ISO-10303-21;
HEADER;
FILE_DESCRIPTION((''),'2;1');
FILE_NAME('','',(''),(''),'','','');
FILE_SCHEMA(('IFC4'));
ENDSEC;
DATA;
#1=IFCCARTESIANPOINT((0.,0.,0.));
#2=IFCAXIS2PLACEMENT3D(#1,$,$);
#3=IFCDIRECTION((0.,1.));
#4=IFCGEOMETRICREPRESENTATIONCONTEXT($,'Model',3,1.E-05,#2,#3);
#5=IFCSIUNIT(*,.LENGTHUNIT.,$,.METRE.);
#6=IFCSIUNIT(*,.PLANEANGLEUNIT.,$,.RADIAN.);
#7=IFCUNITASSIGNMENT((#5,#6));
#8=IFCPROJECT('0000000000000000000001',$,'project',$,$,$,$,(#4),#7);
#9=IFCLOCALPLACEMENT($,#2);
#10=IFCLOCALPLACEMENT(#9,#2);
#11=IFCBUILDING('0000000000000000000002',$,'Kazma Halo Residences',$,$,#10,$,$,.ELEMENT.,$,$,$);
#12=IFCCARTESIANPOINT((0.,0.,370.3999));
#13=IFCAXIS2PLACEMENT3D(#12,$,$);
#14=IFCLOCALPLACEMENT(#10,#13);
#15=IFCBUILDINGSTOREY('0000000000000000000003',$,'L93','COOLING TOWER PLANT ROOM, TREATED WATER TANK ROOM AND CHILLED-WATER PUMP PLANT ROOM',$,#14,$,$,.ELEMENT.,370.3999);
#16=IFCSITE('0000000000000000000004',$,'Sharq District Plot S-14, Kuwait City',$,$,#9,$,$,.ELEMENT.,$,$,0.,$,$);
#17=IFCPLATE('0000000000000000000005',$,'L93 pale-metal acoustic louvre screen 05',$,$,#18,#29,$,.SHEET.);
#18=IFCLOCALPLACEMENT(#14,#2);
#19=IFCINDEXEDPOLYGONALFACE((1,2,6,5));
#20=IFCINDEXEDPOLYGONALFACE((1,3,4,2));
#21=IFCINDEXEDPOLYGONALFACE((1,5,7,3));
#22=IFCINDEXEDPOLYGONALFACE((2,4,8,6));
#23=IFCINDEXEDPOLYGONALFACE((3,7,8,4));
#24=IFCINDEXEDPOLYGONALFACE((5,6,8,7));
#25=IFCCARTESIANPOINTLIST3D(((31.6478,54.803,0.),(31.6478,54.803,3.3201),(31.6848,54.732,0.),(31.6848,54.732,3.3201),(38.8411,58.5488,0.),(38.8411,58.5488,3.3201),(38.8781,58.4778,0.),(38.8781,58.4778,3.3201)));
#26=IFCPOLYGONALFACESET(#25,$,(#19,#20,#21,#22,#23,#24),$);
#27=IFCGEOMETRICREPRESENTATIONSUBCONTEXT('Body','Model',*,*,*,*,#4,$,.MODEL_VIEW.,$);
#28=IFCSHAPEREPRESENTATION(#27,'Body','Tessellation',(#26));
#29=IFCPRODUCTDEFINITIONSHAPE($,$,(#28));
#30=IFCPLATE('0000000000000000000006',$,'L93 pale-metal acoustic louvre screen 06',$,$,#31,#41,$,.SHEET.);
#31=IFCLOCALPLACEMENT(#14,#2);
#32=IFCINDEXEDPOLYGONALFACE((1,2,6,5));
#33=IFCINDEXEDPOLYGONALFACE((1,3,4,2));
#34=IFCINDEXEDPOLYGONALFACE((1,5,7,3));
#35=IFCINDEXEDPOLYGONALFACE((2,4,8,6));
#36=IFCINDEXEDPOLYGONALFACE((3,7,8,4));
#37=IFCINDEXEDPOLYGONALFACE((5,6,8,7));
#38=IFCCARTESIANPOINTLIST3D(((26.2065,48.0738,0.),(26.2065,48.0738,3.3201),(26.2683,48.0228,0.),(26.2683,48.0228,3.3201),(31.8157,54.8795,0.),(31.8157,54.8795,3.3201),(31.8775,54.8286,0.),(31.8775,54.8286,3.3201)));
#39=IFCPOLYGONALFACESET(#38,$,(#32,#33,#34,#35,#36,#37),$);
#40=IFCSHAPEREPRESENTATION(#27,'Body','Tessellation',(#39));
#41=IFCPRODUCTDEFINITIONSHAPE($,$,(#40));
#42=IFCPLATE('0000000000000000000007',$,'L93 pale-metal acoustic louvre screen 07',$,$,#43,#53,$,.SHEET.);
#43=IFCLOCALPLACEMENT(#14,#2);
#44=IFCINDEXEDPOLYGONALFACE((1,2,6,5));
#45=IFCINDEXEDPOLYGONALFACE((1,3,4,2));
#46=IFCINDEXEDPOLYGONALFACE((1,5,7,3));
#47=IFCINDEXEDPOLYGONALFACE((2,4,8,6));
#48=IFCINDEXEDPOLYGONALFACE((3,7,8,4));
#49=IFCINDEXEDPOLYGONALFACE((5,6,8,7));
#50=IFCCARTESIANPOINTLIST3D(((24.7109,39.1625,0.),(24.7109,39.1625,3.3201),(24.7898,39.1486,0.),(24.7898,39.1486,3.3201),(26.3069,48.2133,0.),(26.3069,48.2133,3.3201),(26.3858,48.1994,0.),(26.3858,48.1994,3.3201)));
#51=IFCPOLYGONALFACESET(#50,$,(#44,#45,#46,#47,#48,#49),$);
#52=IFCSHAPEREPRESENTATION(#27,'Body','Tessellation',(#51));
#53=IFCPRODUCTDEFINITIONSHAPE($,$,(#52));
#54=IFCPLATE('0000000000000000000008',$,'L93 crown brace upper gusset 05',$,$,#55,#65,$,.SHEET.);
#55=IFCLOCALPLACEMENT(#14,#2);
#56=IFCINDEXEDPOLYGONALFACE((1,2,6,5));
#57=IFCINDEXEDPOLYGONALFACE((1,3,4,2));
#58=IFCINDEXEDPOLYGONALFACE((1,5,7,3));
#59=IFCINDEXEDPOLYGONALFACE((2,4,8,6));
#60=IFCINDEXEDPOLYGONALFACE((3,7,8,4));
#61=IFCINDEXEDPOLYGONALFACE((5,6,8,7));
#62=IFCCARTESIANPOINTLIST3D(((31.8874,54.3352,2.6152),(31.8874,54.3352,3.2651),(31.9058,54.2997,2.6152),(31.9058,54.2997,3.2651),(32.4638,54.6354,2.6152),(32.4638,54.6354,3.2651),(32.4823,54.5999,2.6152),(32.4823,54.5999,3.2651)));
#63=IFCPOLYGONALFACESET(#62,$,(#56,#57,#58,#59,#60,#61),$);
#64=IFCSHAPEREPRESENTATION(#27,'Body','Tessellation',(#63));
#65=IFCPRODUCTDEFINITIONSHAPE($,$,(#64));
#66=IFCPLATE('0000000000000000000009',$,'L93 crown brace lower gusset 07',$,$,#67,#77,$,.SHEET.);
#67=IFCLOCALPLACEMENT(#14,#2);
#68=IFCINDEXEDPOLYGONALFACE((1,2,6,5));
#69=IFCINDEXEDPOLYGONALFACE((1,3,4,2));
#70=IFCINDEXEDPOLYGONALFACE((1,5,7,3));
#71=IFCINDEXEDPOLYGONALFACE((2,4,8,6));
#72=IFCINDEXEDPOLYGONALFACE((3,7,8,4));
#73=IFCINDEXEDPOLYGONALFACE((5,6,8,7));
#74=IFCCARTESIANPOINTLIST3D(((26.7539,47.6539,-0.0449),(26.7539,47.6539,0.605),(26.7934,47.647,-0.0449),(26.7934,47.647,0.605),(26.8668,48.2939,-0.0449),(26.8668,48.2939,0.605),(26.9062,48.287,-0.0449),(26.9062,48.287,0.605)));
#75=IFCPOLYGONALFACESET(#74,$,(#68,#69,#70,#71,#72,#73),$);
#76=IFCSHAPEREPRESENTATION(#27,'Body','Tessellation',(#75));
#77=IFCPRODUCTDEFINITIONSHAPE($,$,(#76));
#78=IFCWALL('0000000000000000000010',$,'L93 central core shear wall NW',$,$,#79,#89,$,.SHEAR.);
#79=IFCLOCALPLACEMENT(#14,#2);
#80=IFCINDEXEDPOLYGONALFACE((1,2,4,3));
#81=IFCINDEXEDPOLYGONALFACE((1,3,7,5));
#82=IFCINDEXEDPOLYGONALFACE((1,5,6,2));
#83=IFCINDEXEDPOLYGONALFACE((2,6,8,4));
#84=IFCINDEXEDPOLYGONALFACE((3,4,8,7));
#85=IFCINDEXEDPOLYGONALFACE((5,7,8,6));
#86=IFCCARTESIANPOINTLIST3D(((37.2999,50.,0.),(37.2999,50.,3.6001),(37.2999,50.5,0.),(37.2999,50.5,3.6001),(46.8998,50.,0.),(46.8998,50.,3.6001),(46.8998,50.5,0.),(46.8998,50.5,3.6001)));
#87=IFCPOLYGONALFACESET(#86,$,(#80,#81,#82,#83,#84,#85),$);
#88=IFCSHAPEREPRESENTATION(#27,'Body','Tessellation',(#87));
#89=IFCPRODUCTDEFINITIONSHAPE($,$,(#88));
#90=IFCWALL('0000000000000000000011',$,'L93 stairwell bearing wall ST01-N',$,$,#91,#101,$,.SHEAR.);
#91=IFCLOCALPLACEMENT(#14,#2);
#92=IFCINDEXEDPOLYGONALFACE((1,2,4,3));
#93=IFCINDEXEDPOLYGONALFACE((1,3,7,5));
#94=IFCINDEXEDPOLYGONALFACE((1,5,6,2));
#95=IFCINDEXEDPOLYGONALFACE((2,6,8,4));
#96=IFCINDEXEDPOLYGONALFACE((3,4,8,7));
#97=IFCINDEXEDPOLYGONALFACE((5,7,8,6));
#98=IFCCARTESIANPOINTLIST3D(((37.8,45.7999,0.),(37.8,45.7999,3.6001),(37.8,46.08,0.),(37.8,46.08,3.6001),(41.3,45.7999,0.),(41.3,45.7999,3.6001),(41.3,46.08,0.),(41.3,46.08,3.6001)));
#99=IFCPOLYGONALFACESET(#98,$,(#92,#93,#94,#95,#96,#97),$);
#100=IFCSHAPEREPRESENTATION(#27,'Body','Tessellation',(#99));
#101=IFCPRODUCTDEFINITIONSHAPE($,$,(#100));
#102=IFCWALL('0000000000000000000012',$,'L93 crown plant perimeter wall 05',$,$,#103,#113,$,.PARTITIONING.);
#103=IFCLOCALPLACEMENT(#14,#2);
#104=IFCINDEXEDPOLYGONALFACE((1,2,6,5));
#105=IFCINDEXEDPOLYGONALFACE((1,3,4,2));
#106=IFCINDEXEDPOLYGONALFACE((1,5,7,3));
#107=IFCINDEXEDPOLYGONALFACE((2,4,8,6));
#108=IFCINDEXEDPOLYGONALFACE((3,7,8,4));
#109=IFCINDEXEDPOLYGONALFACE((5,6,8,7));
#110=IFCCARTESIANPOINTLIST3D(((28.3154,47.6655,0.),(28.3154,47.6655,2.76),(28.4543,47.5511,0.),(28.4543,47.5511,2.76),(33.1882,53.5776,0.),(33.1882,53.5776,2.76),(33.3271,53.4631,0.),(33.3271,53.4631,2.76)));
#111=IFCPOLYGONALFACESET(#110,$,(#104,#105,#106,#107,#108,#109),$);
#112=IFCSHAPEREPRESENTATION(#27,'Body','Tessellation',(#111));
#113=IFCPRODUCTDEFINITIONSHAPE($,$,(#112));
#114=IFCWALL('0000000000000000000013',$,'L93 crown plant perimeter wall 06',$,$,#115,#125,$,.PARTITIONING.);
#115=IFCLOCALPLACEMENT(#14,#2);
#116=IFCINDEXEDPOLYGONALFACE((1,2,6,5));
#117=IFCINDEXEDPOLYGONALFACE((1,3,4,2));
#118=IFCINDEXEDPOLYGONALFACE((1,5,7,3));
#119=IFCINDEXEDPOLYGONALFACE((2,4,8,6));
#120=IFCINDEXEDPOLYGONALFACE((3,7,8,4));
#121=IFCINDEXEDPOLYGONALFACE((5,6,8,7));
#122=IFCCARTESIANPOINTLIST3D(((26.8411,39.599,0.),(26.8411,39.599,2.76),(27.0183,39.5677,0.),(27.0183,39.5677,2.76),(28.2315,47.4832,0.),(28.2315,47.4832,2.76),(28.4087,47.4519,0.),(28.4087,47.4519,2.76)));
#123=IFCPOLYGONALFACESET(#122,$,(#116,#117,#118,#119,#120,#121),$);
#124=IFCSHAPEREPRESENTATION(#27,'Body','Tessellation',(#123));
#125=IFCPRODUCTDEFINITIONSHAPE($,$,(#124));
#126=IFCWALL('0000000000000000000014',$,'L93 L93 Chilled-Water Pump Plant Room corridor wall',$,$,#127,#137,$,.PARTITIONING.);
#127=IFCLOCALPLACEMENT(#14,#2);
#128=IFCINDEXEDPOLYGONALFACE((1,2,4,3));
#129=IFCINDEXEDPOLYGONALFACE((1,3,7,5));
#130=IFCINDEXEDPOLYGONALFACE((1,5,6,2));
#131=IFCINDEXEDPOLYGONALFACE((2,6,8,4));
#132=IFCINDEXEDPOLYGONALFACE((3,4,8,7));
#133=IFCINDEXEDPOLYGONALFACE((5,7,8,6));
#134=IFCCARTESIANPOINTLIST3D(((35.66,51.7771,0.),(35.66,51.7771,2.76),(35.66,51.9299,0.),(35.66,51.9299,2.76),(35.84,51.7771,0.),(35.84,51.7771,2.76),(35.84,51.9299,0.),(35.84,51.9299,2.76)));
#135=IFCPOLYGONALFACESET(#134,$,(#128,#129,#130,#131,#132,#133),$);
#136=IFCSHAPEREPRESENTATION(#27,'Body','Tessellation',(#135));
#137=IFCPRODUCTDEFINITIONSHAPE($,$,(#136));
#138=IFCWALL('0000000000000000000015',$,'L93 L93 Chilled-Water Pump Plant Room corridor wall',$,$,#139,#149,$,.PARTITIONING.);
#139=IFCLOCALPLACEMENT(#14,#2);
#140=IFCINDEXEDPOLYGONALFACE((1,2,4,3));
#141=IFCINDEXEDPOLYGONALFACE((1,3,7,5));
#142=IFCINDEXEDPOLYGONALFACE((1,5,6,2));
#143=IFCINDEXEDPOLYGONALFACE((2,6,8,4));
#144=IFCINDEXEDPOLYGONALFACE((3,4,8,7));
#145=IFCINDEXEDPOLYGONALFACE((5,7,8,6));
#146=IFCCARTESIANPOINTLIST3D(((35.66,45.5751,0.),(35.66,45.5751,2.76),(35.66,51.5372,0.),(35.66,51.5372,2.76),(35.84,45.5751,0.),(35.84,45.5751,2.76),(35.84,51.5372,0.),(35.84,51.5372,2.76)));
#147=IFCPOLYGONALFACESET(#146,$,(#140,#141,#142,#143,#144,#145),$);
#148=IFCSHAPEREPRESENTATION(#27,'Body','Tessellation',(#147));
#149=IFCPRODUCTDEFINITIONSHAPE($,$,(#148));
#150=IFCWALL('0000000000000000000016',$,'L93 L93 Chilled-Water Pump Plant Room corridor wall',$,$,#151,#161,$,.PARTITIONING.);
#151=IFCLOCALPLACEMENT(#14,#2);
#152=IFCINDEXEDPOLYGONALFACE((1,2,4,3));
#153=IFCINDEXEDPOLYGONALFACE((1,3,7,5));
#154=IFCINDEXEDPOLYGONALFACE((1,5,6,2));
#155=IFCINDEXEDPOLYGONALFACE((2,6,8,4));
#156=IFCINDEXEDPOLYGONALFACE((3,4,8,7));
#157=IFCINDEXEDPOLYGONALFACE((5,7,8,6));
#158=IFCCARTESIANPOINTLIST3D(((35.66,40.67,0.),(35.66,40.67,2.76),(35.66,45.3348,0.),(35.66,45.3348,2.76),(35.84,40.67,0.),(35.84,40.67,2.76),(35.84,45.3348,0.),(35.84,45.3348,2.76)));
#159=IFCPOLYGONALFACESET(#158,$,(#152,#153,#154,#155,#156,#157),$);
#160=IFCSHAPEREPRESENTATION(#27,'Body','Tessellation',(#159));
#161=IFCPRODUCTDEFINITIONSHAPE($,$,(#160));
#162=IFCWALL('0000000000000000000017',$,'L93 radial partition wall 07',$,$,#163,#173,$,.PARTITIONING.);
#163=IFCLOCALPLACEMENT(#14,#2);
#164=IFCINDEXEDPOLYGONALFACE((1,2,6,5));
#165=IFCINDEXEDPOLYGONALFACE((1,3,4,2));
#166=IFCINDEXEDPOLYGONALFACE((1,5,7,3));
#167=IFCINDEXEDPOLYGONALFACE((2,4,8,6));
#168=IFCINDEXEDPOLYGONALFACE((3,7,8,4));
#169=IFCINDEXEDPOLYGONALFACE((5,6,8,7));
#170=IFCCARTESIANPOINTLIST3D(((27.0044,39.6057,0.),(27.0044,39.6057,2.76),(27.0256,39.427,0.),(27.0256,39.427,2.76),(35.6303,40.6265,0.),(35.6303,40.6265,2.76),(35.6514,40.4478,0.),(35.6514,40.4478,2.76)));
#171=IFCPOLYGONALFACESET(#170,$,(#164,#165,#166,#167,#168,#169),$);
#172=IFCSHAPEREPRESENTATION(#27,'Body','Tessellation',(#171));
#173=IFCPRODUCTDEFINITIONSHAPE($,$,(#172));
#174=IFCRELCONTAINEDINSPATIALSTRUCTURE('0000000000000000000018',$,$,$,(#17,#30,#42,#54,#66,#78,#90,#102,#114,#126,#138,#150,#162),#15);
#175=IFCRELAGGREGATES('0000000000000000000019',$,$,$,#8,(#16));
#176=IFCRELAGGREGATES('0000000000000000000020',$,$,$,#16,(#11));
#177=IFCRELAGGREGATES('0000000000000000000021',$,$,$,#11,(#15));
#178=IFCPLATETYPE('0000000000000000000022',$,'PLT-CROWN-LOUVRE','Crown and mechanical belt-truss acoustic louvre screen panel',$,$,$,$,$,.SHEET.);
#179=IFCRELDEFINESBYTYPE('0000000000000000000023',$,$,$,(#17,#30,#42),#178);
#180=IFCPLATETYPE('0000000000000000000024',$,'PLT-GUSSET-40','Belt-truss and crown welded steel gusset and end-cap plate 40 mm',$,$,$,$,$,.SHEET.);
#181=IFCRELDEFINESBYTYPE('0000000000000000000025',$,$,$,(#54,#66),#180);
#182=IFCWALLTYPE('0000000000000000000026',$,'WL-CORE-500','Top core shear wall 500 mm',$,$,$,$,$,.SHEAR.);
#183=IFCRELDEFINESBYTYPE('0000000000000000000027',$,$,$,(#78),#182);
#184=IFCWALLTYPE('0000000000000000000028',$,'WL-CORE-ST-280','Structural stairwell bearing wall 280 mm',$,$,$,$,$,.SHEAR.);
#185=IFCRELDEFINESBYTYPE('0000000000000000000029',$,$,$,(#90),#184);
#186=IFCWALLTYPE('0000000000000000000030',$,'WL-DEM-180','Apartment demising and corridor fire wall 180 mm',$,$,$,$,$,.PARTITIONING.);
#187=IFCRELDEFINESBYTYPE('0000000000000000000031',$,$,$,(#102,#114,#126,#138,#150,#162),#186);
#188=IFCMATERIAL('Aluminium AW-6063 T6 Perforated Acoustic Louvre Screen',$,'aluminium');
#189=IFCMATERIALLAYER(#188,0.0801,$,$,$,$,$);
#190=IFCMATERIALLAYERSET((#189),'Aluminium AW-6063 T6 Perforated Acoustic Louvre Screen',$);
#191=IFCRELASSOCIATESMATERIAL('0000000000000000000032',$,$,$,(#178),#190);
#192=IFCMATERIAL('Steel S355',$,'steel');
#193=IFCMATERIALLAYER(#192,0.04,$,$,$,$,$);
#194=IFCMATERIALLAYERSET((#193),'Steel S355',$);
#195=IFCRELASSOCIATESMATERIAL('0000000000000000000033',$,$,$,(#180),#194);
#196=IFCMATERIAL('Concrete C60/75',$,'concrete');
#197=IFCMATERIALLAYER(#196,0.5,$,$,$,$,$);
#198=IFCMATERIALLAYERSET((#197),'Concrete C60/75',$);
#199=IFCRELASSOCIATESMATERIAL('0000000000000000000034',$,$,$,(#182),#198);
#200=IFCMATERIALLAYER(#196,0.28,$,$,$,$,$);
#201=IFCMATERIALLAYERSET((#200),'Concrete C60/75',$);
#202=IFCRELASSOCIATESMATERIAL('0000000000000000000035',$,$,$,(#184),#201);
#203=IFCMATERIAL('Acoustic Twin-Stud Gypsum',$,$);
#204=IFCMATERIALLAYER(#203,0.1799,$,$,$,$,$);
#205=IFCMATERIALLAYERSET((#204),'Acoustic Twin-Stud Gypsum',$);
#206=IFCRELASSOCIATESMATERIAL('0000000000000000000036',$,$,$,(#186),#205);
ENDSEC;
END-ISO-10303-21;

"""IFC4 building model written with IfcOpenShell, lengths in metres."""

from ifc_helpers import new_model, si_unit, direction, frame, frame_2d, origin, origin_2d, place, context, subcontext, project, spatial, rectangle, extrude, material, layer, layer_set, type_object, element, save


model = new_model("IFC4")

# Units and contexts
model_context = context("Model", 3, precision=1e-05, world=origin(), true_north=direction((0.0, 1.0)))
body_context = subcontext(model_context, "Body", "Model", "MODEL_VIEW")
ifc_project = project(units=[si_unit("LENGTHUNIT", "METRE"), si_unit("PLANEANGLEUNIT", "RADIAN")], contexts=[model_context])

# Site, building, storey
site_placement = place(None, origin())
site = spatial("IfcSite", under=ifc_project, at=site_placement, Name="Sharq District Plot S-14, Kuwait City", CompositionType="ELEMENT", RefElevation=0.0)
building_placement = place(site_placement, origin())
building = spatial("IfcBuilding", under=site, at=building_placement, Name="Kazma Halo Residences", CompositionType="ELEMENT")
storey_placement = place(building_placement, frame((0.0, 0.0, 370.3999)))
storey = spatial("IfcBuildingStorey", under=building, at=storey_placement, Name="L93", Description="COOLING TOWER PLANT ROOM, TREATED WATER TANK ROOM AND CHILLED-WATER PUMP PLANT ROOM", CompositionType="ELEMENT", Elevation=370.3999)

# Shared definitions
ifc_material_1 = material(Name="Steel S355", Category="steel")

# Plates
ifc_material_2 = material(Name="Aluminium AW-6063 T6 Perforated Acoustic Louvre Screen", Category="aluminium")
ifc_layer_1 = layer(ifc_material_2, 0.0801)
ifc_layer_set_1 = layer_set([ifc_layer_1], Name="Aluminium AW-6063 T6 Perforated Acoustic Louvre Screen")
plate_type_1 = type_object("IfcPlateType", Name="PLT-CROWN-LOUVRE", Description="Crown and mechanical belt-truss acoustic louvre screen panel", PredefinedType="SHEET", material=ifc_layer_set_1)
plate_1_placement = place(storey_placement, frame((35.2629, 56.6404, 0.0), z_axis=(0.0, 0.0, 1.0), x_axis=(-0.88695, -0.461866, 0.0)))
element("IfcPlate", 1, at=plate_1_placement, inside=storey, type_object=plate_type_1, Name="L93 pale-metal acoustic louvre screen 05", PredefinedType="SHEET", context=body_context, shape_type="SweptSolid", body=[
    extrude(rectangle(XDim=8.1101, YDim=0.0801, at=origin_2d()), origin(), (0.0, 0.0, 1.0), 3.3201),
])
plate_2_placement = place(storey_placement, frame((29.042, 51.4512, 0.0), z_axis=(0.0, 0.0, 1.0), x_axis=(-0.636008, -0.771683, 0.0)))
element("IfcPlate", 2, at=plate_2_placement, inside=storey, type_object=plate_type_1, Name="L93 pale-metal acoustic louvre screen 06", PredefinedType="SHEET", context=body_context, shape_type="SweptSolid", body=[
    extrude(rectangle(XDim=8.8193, YDim=0.0801, at=origin_2d()), origin(), (0.0, 0.0, 1.0), 3.3201),
])
plate_3_placement = place(storey_placement, frame((25.5483, 43.6809, 0.0), z_axis=(0.0, 0.0, 1.0), x_axis=(-0.173656, -0.984806, 0.0)))
element("IfcPlate", 3, at=plate_3_placement, inside=storey, type_object=plate_type_1, Name="L93 pale-metal acoustic louvre screen 07", PredefinedType="SHEET", context=body_context, shape_type="SweptSolid", body=[
    extrude(rectangle(XDim=9.1904, YDim=0.0801, at=origin_2d()), origin(), (0.0, 0.0, 1.0), 3.3201),
])
ifc_layer_2 = layer(ifc_material_1, 0.04)
ifc_layer_set_2 = layer_set([ifc_layer_2], Name="Steel S355")
plate_type_2 = type_object("IfcPlateType", Name="PLT-GUSSET-40", Description="Belt-truss and crown welded steel gusset and end-cap plate 40 mm", PredefinedType="SHEET", material=ifc_layer_set_2)
for number, where, z_axis, x_axis, name in (
    (4, (32.1848, 54.4675, 2.6152), (0.0, 0.0, 1.0), (-0.88695, -0.461866, 0.0), "L93 crown brace upper gusset 05"),
    (5, (26.8301, 47.9705, -0.0449), (0.0, 0.0, 1.0), (-0.173656, -0.984806, 0.0), "L93 crown brace lower gusset 07"),
):
    element("IfcPlate", number, at=place(storey_placement, frame(where, z_axis=z_axis, x_axis=x_axis)), inside=storey, type_object=plate_type_2, Name=name, PredefinedType="SHEET", context=body_context, shape_type="SweptSolid", body=[
        extrude(rectangle(XDim=0.6499, YDim=0.04, at=origin_2d()), origin(), (0.0, 0.0, 1.0), 0.6499),
    ])

# Walls
ifc_material_3 = material(Name="Concrete C60/75", Category="concrete")
ifc_layer_3 = layer(ifc_material_3, 0.5)
ifc_layer_set_3 = layer_set([ifc_layer_3], Name="Concrete C60/75")
wall_type_1 = type_object("IfcWallType", Name="WL-CORE-500", Description="Top core shear wall 500 mm", PredefinedType="SHEAR", material=ifc_layer_set_3)
wall_1_placement = place(storey_placement, frame((37.3, 50.25, 0.0), z_axis=(0.0, 0.0, 1.0), x_axis=(1.0, 0.0, 0.0)))
element("IfcWall", 6, at=wall_1_placement, inside=storey, type_object=wall_type_1, Name="L93 central core shear wall NW", PredefinedType="SHEAR", context=body_context, shape_type="SweptSolid", body=[
    extrude(rectangle(XDim=9.5999, YDim=0.5, at=frame_2d((4.7998, 0.0))), origin(), (0.0, 0.0, 1.0), 3.6001),
])
ifc_layer_4 = layer(ifc_material_3, 0.28)
ifc_layer_set_4 = layer_set([ifc_layer_4], Name="Concrete C60/75")
wall_type_2 = type_object("IfcWallType", Name="WL-CORE-ST-280", Description="Structural stairwell bearing wall 280 mm", PredefinedType="SHEAR", material=ifc_layer_set_4)
wall_2_placement = place(storey_placement, frame((37.8, 45.9399, 0.0), z_axis=(0.0, 0.0, 1.0), x_axis=(1.0, 0.0, 0.0)))
element("IfcWall", 7, at=wall_2_placement, inside=storey, type_object=wall_type_2, Name="L93 stairwell bearing wall ST01-N", PredefinedType="SHEAR", context=body_context, shape_type="SweptSolid", body=[
    extrude(rectangle(XDim=3.5, YDim=0.28, at=frame_2d((1.75, 0.0))), origin(), (0.0, 0.0, 1.0), 3.6001),
])
ifc_material_4 = material(Name="Acoustic Twin-Stud Gypsum")
ifc_layer_5 = layer(ifc_material_4, 0.1799)
ifc_layer_set_5 = layer_set([ifc_layer_5], Name="Acoustic Twin-Stud Gypsum")
wall_type_3 = type_object("IfcWallType", Name="WL-DEM-180", Description="Apartment demising and corridor fire wall 180 mm", PredefinedType="PARTITIONING", material=ifc_layer_set_5)
wall_3_placement = place(storey_placement, frame((33.2576, 53.5203, 0.0), z_axis=(0.0, 0.0, 1.0), x_axis=(-0.636019, -0.771674, 0.0)))
element("IfcWall", 8, at=wall_3_placement, inside=storey, type_object=wall_type_3, Name="L93 crown plant perimeter wall 05", PredefinedType="PARTITIONING", context=body_context, shape_type="SweptSolid", body=[
    extrude(rectangle(XDim=7.6614, YDim=0.1799, at=frame_2d((3.8306, 0.0))), origin(), (0.0, 0.0, 1.0), 2.76),
])
wall_4_placement = place(storey_placement, frame((28.3201, 47.4675, 0.0), z_axis=(0.0, 0.0, 1.0), x_axis=(-0.173669, -0.984804, 0.0)))
element("IfcWall", 9, at=wall_4_placement, inside=storey, type_object=wall_type_3, Name="L93 crown plant perimeter wall 06", PredefinedType="PARTITIONING", context=body_context, shape_type="SweptSolid", body=[
    extrude(rectangle(XDim=8.0059, YDim=0.1799, at=frame_2d((4.0029, 0.0))), origin(), (0.0, 0.0, 1.0), 2.76),
])
wall_5_placement = place(storey_placement, frame((35.75, 51.9299, 0.0), z_axis=(0.0, 0.0, 1.0), x_axis=(0.0, -1.0, 0.0)))
element("IfcWall", 10, at=wall_5_placement, inside=storey, type_object=wall_type_3, Name="L93 L93 Chilled-Water Pump Plant Room corridor wall", PredefinedType="PARTITIONING", context=body_context, shape_type="SweptSolid", body=[
    extrude(rectangle(XDim=0.1528, YDim=0.1799, at=frame_2d((0.0764, 0.0))), origin(), (0.0, 0.0, 1.0), 2.76),
])
wall_6_placement = place(storey_placement, frame((35.75, 51.5371, 0.0), z_axis=(0.0, 0.0, 1.0), x_axis=(0.0, -1.0, 0.0)))
element("IfcWall", 11, at=wall_6_placement, inside=storey, type_object=wall_type_3, Name="L93 L93 Chilled-Water Pump Plant Room corridor wall", PredefinedType="PARTITIONING", context=body_context, shape_type="SweptSolid", body=[
    extrude(rectangle(XDim=5.9622, YDim=0.1799, at=frame_2d((2.981, 0.0))), origin(), (0.0, 0.0, 1.0), 2.76),
])
wall_7_placement = place(storey_placement, frame((35.75, 45.335, 0.0), z_axis=(0.0, 0.0, 1.0), x_axis=(0.0, -1.0, 0.0)))
element("IfcWall", 12, at=wall_7_placement, inside=storey, type_object=wall_type_3, Name="L93 L93 Chilled-Water Pump Plant Room corridor wall", PredefinedType="PARTITIONING", context=body_context, shape_type="SweptSolid", body=[
    extrude(rectangle(XDim=4.6648, YDim=0.1799, at=frame_2d((2.3325, 0.0))), origin(), (0.0, 0.0, 1.0), 2.76),
])
wall_8_placement = place(storey_placement, frame((35.6409, 40.5371, 0.0), z_axis=(0.0, 0.0, 1.0), x_axis=(-0.993071, -0.117518, 0.0)))
element("IfcWall", 13, at=wall_8_placement, inside=storey, type_object=wall_type_3, Name="L93 radial partition wall 07", PredefinedType="PARTITIONING", context=body_context, shape_type="SweptSolid", body=[
    extrude(rectangle(XDim=8.686, YDim=0.1799, at=frame_2d((4.343, 0.0))), origin(), (0.0, 0.0, 1.0), 2.76),
])

save(model, "model.ifc")
